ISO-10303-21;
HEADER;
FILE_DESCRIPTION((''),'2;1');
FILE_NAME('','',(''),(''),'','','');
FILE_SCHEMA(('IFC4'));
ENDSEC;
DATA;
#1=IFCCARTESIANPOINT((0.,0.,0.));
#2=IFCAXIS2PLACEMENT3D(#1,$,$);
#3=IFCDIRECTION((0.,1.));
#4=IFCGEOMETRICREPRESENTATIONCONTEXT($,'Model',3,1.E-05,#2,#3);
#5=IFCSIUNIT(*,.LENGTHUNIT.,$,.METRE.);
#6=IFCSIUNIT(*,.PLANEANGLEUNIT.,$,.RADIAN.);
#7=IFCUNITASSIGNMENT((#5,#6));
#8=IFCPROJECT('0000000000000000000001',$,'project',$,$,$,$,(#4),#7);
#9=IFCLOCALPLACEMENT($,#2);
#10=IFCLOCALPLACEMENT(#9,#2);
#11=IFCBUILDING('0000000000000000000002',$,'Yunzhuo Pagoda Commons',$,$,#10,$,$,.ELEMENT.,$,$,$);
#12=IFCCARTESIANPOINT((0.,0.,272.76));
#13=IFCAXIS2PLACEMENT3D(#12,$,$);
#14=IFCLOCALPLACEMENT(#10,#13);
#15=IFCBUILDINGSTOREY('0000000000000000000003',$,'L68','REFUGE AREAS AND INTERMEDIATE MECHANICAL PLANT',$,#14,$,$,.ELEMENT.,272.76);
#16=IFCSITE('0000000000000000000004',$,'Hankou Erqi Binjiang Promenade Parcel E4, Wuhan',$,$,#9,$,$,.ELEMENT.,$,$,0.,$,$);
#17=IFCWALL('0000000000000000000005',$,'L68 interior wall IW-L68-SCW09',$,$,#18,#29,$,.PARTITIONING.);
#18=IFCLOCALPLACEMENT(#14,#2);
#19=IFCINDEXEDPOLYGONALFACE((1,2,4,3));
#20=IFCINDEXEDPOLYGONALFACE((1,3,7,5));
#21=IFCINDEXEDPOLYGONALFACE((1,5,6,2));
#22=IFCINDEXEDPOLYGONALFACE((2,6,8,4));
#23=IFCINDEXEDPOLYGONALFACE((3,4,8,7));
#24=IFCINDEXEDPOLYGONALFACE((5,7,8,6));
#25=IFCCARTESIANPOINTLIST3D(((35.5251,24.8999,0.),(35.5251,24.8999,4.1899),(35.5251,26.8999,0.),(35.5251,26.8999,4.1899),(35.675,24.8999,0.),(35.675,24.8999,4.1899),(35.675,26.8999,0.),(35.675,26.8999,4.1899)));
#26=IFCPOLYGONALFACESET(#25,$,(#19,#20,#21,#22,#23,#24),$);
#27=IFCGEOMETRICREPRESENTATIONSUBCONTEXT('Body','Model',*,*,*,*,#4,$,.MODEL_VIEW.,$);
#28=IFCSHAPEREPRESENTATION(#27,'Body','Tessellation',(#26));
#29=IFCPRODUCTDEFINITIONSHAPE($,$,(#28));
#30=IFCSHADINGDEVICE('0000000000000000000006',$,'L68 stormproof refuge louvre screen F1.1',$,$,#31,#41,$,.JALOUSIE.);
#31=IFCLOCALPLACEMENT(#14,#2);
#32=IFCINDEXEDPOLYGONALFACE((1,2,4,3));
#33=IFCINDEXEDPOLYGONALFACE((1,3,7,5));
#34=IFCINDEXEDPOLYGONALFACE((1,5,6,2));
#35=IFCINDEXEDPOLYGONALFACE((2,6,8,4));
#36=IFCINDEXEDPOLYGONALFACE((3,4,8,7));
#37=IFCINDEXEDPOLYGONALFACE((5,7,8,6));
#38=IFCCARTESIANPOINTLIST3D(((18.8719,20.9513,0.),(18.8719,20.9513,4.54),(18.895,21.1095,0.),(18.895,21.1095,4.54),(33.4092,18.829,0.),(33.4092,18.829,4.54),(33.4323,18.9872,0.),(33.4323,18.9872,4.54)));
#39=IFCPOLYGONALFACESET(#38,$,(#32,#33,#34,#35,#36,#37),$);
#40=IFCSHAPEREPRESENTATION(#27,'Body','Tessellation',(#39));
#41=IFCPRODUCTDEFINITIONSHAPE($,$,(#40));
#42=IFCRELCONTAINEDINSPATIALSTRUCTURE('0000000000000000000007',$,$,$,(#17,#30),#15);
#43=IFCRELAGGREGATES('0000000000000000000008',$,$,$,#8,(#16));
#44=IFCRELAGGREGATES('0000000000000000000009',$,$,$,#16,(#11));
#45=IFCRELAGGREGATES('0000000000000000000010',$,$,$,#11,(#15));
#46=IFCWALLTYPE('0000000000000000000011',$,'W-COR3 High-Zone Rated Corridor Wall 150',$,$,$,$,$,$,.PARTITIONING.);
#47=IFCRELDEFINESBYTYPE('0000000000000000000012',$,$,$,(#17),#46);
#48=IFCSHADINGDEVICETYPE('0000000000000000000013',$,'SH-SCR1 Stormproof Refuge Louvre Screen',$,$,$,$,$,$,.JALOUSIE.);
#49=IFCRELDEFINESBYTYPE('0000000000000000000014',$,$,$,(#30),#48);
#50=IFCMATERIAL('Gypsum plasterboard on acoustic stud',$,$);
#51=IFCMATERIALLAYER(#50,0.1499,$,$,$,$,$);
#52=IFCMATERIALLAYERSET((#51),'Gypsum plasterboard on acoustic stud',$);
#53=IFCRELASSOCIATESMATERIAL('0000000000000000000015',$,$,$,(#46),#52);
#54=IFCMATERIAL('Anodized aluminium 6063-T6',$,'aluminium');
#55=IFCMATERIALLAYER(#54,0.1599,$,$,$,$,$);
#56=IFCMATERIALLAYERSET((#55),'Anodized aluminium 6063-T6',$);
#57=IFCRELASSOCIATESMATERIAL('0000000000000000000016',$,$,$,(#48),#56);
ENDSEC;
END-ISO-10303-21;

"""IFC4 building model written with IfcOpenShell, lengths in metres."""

from ifc_helpers import new_model, si_unit, direction, frame, frame_2d, origin, origin_2d, place, context, subcontext, project, spatial, rectangle, extrude, source, transform, mapped, material, layer, layer_set, type_object, element, save


model = new_model("IFC4")

# Units and contexts
model_context = context("Model", 3, precision=1e-05, world=origin(), true_north=direction((0.0, 1.0)))
body_context = subcontext(model_context, "Body", "Model", "MODEL_VIEW")
ifc_project = project(units=[si_unit("LENGTHUNIT", "METRE"), si_unit("PLANEANGLEUNIT", "RADIAN")], contexts=[model_context])

# Site, building, storey
site_placement = place(None, origin())
site = spatial("IfcSite", under=ifc_project, at=site_placement, Name="Hankou Erqi Binjiang Promenade Parcel E4, Wuhan", CompositionType="ELEMENT", RefElevation=0.0)
building_placement = place(site_placement, origin())
building = spatial("IfcBuilding", under=site, at=building_placement, Name="Yunzhuo Pagoda Commons", CompositionType="ELEMENT")
storey_placement = place(building_placement, frame((0.0, 0.0, 272.76)))
storey = spatial("IfcBuildingStorey", under=building, at=storey_placement, Name="L68", Description="REFUGE AREAS AND INTERMEDIATE MECHANICAL PLANT", CompositionType="ELEMENT", Elevation=272.76)

# Wall
ifc_material_1 = material(Name="Gypsum plasterboard on acoustic stud")
ifc_layer_1 = layer(ifc_material_1, 0.1499)
ifc_layer_set_1 = layer_set([ifc_layer_1], Name="Gypsum plasterboard on acoustic stud")
wall_type_1 = type_object("IfcWallType", Name="W-COR3 High-Zone Rated Corridor Wall 150", PredefinedType="PARTITIONING", material=ifc_layer_set_1)
wall_1_placement = place(storey_placement, frame((35.6001, 24.8999, 0.0), z_axis=(0.0, 0.0, 1.0), x_axis=(0.0, 1.0, 0.0)))
element("IfcWall", 1, at=wall_1_placement, inside=storey, type_object=wall_type_1, Name="L68 interior wall IW-L68-SCW09", PredefinedType="PARTITIONING", context=body_context, shape_type="SweptSolid", body=[
    extrude(rectangle(XDim=2.0, YDim=0.1499, at=frame_2d((1.0, 0.0))), origin(), (0.0, 0.0, 1.0), 4.1899),
])

# Shading device
ifc_material_2 = material(Name="Anodized aluminium 6063-T6", Category="aluminium")
ifc_layer_2 = layer(ifc_material_2, 0.1599)
ifc_layer_set_2 = layer_set([ifc_layer_2], Name="Anodized aluminium 6063-T6")
shading_device_type = type_object("IfcShadingDeviceType", Name="SH-SCR1 Stormproof Refuge Louvre Screen", PredefinedType="JALOUSIE", material=ifc_layer_set_2)
shared_shape_1 = source(origin(), body_context, "Body", "SweptSolid", [
    extrude(rectangle(XDim=14.6914, YDim=0.1599, at=origin_2d()), origin(), (0.0, 0.0, 1.0), 4.54),
])
shading_device_placement = place(storey_placement, frame((26.1521, 19.9692, 0.0), z_axis=(0.0, 0.0, 1.0), x_axis=(0.989511, -0.14446, 0.0)))
element("IfcShadingDevice", 2, at=shading_device_placement, inside=storey, type_object=shading_device_type, Name="L68 stormproof refuge louvre screen F1.1", PredefinedType="JALOUSIE", context=body_context, shape_type="MappedRepresentation", body=[
    mapped(shared_shape_1, transform((0.0, 0.0, 0.0), scale=1.0)),
])

save(model, "model.ifc")
